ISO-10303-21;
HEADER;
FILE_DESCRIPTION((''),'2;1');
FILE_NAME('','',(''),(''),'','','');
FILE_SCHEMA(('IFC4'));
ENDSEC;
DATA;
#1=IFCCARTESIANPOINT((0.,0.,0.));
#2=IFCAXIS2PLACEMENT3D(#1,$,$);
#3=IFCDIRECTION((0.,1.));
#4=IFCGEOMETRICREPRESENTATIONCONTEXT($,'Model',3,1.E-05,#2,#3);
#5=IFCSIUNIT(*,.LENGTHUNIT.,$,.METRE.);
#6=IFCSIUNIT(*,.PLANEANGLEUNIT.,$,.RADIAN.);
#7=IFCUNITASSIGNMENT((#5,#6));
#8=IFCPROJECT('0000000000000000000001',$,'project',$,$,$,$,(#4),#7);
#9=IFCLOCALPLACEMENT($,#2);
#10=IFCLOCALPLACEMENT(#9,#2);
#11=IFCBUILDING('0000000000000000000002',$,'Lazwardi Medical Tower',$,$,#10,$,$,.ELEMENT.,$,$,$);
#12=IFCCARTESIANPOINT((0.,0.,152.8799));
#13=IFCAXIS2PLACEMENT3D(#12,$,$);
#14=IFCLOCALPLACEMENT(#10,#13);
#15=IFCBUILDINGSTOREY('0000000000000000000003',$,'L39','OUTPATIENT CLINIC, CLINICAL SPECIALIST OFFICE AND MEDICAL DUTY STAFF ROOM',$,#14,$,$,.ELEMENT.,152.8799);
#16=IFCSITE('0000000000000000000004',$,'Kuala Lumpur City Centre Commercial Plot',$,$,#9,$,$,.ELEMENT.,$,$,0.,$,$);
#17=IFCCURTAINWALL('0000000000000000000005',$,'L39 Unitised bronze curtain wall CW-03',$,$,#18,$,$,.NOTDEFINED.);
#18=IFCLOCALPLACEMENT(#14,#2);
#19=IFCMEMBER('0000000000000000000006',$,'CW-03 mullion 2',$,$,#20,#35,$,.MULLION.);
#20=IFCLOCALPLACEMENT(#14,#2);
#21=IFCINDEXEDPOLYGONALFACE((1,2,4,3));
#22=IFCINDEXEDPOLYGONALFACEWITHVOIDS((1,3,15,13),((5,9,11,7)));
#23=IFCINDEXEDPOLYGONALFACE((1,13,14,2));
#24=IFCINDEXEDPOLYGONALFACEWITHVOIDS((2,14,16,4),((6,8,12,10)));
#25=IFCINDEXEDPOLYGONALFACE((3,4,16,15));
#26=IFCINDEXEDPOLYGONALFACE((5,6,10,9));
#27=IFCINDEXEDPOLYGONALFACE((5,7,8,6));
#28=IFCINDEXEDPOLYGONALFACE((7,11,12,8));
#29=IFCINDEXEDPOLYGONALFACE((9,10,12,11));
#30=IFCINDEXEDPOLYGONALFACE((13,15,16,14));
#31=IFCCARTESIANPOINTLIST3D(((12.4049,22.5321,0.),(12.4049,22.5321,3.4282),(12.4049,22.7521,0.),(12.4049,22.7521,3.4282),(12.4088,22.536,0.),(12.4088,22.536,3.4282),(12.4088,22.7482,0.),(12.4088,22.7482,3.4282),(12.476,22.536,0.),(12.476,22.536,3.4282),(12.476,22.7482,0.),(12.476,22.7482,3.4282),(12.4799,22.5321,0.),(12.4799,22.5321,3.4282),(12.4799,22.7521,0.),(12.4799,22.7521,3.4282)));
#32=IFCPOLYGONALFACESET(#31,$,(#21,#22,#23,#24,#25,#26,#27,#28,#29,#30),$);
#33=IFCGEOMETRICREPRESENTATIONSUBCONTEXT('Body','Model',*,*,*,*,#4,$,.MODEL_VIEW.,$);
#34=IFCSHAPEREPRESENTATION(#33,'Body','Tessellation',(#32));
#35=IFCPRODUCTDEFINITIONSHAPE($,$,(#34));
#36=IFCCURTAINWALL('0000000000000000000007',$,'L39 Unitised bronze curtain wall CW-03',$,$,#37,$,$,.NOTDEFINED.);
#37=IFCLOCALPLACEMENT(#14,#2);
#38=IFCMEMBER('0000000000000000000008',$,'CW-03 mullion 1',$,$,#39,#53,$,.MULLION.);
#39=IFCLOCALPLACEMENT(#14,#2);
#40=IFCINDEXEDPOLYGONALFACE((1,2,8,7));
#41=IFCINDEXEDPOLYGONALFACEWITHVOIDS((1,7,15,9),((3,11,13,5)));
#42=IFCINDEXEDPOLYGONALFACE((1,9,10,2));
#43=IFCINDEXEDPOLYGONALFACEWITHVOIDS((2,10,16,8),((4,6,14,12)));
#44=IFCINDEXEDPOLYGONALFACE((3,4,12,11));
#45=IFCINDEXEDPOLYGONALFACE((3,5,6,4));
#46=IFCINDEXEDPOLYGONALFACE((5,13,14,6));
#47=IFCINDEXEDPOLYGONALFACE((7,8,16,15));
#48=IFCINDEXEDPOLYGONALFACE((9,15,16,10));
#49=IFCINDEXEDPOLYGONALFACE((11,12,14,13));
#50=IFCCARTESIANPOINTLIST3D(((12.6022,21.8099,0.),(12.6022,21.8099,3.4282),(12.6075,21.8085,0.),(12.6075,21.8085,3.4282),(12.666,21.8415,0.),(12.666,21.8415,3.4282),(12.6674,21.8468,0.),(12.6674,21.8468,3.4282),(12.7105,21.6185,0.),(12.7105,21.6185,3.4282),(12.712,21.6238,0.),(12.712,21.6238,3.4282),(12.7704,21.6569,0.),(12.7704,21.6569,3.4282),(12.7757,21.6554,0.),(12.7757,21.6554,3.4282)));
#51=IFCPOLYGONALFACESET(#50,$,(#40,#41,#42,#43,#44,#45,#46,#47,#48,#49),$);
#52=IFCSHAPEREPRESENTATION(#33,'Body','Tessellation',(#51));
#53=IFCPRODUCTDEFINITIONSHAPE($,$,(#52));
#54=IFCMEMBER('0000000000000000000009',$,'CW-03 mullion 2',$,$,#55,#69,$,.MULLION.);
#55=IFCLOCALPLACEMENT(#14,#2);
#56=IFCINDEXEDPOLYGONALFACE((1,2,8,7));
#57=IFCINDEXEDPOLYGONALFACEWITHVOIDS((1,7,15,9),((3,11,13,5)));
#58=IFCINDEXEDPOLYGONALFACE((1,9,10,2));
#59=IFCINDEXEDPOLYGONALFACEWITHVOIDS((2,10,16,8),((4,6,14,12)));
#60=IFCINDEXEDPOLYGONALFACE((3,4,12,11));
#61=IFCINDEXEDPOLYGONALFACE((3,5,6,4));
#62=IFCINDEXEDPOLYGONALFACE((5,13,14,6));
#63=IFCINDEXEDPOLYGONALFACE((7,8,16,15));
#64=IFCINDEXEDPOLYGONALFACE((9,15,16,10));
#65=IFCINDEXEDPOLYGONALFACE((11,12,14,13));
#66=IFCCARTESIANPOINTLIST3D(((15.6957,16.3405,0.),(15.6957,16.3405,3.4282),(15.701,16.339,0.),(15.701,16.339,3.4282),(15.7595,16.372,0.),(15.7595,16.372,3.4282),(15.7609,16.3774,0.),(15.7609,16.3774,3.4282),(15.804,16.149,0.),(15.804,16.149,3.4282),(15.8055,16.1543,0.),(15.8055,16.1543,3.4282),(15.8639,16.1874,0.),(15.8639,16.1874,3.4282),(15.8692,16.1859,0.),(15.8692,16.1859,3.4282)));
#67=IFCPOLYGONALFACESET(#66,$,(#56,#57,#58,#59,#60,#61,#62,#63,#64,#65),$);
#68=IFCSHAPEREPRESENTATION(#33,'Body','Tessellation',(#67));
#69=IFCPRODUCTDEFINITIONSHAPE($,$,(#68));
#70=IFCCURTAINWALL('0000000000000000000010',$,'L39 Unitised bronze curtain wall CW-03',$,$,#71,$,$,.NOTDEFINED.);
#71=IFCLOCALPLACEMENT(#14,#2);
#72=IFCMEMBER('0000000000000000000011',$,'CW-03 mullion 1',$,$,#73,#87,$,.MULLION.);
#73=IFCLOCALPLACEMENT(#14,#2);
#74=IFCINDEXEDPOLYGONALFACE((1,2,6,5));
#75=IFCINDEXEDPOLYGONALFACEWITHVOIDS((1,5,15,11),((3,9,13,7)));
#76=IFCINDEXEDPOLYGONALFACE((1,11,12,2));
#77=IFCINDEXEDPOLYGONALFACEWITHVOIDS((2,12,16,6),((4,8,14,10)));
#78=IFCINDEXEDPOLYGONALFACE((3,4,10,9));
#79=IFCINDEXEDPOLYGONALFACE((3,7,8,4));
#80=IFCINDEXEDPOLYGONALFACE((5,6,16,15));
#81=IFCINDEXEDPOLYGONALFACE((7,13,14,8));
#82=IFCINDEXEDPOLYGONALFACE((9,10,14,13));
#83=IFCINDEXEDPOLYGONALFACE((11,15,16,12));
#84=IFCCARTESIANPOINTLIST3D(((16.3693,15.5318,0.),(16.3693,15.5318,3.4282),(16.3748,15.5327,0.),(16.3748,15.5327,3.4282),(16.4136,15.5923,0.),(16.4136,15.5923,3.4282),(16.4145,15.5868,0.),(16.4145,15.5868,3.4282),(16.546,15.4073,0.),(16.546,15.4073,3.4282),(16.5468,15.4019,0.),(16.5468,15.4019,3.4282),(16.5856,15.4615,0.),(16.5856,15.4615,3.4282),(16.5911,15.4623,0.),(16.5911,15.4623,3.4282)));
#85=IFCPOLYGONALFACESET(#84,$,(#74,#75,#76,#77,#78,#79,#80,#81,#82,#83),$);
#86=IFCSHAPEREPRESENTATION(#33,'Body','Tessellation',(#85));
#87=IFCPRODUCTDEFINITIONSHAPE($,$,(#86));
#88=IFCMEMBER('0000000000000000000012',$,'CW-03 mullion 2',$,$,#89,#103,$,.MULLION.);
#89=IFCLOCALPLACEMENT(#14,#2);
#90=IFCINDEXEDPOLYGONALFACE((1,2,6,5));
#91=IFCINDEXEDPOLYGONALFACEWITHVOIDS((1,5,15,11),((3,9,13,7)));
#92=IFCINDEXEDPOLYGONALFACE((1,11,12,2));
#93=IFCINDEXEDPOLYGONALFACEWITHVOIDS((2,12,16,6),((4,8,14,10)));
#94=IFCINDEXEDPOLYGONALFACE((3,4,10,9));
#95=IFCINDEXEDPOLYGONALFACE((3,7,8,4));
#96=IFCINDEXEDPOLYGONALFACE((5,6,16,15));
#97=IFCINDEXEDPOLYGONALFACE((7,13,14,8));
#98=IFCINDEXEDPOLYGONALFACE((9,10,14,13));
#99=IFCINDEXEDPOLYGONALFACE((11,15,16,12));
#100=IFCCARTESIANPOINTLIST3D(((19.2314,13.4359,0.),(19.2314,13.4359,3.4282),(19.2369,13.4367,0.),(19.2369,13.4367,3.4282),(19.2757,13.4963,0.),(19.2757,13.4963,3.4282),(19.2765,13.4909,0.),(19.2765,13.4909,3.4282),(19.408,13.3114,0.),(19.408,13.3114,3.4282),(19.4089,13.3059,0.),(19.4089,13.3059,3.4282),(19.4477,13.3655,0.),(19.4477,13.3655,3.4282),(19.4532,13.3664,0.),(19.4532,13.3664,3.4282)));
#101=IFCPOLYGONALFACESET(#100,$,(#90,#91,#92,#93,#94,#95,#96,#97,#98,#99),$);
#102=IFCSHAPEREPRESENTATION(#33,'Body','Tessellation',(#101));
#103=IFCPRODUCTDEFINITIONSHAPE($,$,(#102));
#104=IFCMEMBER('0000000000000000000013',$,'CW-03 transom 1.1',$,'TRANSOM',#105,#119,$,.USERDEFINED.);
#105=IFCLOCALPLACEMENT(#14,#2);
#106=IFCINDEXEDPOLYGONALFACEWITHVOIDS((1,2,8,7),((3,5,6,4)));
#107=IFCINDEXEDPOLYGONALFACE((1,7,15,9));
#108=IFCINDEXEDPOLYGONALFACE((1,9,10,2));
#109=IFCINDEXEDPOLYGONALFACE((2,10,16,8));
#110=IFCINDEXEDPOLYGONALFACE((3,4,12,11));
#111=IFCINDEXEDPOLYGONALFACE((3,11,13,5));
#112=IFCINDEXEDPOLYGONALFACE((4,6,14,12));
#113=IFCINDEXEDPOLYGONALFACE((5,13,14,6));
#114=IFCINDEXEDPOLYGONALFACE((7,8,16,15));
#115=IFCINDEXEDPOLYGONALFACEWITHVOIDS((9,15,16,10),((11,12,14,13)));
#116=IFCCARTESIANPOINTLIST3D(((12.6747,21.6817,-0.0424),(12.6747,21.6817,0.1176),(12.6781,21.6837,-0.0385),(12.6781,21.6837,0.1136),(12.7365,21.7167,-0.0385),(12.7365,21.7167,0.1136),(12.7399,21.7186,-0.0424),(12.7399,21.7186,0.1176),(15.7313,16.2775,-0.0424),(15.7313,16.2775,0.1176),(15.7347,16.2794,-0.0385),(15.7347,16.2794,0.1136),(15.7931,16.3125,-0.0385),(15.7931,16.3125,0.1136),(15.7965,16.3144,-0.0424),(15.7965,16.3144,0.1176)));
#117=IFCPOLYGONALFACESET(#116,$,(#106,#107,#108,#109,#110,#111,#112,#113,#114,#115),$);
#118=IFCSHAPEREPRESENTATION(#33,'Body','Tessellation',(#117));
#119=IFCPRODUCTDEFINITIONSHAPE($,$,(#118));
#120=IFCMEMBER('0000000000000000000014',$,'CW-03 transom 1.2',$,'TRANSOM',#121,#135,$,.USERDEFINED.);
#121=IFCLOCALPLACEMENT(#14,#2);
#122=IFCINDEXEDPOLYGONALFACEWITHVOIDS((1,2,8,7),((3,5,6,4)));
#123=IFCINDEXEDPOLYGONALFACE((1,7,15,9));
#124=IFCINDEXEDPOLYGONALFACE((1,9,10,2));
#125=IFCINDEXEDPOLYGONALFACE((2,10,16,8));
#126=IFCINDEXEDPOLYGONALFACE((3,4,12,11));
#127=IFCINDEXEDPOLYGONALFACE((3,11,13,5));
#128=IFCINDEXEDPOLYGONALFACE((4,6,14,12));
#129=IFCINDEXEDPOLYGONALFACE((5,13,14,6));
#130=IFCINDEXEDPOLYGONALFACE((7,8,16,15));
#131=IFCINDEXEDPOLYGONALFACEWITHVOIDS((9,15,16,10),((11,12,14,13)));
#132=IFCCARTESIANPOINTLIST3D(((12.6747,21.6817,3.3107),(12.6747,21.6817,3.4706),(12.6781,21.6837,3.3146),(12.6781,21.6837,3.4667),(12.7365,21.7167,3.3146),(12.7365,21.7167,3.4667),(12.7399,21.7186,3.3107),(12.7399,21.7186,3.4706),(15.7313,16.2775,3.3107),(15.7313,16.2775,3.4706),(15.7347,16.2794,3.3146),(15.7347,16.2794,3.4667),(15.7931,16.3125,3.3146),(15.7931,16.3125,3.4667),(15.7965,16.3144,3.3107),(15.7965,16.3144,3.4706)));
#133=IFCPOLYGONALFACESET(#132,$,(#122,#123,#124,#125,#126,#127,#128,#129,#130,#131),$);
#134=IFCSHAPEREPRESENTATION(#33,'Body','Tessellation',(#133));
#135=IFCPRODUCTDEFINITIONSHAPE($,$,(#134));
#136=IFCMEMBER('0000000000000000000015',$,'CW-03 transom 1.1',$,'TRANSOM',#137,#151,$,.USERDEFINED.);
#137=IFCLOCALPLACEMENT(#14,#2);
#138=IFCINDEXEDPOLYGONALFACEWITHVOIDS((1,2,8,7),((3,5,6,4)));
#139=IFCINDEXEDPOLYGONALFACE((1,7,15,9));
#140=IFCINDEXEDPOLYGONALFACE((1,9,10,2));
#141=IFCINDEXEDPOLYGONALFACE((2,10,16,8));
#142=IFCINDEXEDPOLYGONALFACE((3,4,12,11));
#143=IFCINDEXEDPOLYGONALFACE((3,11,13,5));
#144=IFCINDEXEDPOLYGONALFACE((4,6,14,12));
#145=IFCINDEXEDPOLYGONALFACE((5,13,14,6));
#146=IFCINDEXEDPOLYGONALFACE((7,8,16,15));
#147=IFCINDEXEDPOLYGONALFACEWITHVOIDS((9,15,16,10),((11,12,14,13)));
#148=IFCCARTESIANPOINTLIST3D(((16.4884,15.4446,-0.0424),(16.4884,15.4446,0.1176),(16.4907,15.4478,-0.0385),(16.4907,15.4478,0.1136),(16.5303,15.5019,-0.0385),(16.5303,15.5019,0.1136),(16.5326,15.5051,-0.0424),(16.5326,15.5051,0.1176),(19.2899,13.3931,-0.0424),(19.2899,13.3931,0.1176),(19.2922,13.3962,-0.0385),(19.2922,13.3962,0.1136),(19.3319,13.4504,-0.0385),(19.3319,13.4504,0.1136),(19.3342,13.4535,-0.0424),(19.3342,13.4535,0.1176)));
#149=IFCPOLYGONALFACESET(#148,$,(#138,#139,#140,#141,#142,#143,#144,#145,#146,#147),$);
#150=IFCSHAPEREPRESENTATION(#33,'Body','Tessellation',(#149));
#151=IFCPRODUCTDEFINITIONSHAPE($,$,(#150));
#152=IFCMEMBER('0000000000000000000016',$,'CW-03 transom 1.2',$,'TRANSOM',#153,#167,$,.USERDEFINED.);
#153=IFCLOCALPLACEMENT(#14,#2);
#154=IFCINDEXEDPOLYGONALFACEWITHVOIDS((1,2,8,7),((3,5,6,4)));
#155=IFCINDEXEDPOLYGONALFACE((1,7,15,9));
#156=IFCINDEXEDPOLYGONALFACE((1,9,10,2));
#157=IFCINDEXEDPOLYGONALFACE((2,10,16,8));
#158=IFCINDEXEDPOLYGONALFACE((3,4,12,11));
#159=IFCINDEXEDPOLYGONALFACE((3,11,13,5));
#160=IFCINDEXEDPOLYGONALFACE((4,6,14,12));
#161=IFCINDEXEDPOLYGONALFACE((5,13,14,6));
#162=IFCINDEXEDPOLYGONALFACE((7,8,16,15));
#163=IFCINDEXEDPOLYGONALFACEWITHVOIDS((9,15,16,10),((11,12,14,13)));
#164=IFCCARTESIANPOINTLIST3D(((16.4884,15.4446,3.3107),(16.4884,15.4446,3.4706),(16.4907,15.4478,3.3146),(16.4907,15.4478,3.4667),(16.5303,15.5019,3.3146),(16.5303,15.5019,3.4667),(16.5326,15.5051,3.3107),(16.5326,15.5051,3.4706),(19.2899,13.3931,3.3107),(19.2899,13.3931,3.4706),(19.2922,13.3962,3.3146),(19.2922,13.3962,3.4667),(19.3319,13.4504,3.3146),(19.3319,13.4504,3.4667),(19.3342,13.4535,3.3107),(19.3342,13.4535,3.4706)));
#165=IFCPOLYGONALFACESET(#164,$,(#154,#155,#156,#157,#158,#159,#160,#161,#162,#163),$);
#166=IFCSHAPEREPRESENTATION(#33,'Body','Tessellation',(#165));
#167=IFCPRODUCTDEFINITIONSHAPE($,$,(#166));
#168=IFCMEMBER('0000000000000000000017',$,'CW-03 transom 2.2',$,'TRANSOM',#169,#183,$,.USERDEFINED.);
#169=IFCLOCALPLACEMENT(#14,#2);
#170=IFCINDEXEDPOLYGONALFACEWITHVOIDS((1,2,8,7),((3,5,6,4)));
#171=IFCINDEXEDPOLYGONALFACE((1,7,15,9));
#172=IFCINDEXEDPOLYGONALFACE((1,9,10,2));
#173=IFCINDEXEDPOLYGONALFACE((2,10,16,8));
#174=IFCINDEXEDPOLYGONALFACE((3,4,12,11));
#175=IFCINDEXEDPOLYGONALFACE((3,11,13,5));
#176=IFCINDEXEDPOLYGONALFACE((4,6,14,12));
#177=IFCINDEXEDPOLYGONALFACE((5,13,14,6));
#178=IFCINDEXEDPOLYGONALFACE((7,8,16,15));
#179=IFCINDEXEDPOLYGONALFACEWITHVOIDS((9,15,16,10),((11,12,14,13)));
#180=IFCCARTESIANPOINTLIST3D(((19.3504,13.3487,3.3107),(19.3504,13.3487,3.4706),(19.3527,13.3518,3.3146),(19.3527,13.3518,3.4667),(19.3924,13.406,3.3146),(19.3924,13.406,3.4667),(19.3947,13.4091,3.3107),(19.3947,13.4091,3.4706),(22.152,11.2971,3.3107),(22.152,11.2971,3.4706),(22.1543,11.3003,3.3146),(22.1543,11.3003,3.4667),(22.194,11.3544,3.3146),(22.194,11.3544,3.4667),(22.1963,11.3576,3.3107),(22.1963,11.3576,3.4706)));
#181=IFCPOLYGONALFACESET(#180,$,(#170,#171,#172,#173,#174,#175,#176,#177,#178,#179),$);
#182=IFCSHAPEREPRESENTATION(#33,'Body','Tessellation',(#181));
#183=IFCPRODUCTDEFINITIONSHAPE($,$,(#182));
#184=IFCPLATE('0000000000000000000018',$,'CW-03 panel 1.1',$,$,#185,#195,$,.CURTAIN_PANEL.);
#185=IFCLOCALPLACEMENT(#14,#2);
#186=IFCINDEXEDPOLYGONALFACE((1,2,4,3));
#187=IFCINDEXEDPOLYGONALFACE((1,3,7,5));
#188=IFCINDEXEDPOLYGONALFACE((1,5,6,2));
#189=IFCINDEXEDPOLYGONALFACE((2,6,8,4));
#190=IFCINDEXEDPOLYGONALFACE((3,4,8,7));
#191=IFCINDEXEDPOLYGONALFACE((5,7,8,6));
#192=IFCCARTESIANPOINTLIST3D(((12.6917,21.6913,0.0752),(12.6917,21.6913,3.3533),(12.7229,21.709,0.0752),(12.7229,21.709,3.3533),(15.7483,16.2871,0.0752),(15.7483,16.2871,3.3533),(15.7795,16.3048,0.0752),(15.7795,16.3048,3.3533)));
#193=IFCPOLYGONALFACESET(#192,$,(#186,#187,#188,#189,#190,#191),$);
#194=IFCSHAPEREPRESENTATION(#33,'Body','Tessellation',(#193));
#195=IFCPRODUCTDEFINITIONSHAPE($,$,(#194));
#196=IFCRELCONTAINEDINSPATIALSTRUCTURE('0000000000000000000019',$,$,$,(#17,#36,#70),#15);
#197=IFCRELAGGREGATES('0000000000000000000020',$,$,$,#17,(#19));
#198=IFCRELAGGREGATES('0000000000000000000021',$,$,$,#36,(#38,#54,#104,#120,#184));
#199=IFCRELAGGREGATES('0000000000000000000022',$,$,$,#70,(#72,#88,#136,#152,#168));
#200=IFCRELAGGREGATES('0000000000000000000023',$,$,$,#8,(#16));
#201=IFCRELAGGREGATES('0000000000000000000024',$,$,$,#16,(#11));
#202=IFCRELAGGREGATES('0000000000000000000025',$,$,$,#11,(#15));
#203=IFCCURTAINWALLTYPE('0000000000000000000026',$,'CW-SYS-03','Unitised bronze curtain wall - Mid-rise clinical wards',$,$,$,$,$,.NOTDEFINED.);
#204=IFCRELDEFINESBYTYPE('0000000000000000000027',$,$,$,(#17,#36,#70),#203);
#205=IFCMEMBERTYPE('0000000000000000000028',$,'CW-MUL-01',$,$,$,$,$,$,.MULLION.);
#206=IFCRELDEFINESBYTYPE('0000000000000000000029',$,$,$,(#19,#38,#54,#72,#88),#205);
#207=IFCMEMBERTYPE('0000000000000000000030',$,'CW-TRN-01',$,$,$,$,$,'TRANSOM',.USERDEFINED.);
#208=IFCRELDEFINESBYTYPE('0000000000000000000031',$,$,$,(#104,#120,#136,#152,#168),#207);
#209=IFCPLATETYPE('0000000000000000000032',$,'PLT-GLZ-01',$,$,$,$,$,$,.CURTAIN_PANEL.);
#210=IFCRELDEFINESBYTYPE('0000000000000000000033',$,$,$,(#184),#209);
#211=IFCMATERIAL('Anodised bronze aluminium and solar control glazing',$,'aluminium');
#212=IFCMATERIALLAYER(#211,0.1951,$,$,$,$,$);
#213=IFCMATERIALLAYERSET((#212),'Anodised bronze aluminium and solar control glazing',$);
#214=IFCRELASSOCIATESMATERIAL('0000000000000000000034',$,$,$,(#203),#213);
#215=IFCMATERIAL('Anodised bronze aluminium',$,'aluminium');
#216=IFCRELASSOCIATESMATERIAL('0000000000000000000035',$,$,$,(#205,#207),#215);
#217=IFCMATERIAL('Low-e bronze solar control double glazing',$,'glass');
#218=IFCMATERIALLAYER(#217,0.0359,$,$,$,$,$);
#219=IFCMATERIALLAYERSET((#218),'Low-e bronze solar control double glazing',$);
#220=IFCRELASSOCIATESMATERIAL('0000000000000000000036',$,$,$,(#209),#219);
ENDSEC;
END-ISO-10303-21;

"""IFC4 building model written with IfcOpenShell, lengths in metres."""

from ifc_helpers import new_model, si_unit, direction, frame, origin, origin_2d, place, context, subcontext, project, spatial, rectangle, hollow_rectangle, extrude, material, layer, layer_set, material_profile, profile_set, type_object, element, aggregate, save


model = new_model("IFC4")

# Units and contexts
model_context = context("Model", 3, precision=1e-05, world=origin(), true_north=direction((0.0, 1.0)))
body_context = subcontext(model_context, "Body", "Model", "MODEL_VIEW")
ifc_project = project(units=[si_unit("LENGTHUNIT", "METRE"), si_unit("PLANEANGLEUNIT", "RADIAN")], contexts=[model_context])

# Site, building, storey
site_placement = place(None, origin())
site = spatial("IfcSite", under=ifc_project, at=site_placement, Name="Kuala Lumpur City Centre Commercial Plot", CompositionType="ELEMENT", RefElevation=0.0)
building_placement = place(site_placement, origin())
building = spatial("IfcBuilding", under=site, at=building_placement, Name="Lazwardi Medical Tower", CompositionType="ELEMENT")
storey_placement = place(building_placement, frame((0.0, 0.0, 152.8799)))
storey = spatial("IfcBuildingStorey", under=building, at=storey_placement, Name="L39", Description="OUTPATIENT CLINIC, CLINICAL SPECIALIST OFFICE AND MEDICAL DUTY STAFF ROOM", CompositionType="ELEMENT", Elevation=152.8799)

# Curtain wall, member
ifc_material_1 = material(Name="Anodised bronze aluminium and solar control glazing", Category="aluminium")
ifc_layer_1 = layer(ifc_material_1, 0.1951)
ifc_layer_set_1 = layer_set([ifc_layer_1], Name="Anodised bronze aluminium and solar control glazing")
curtain_wall_type = type_object("IfcCurtainWallType", Name="CW-SYS-03", Description="Unitised bronze curtain wall - Mid-rise clinical wards", PredefinedType="NOTDEFINED", material=ifc_layer_set_1)
curtain_wall_1_placement = place(storey_placement, origin())
curtain_wall_1 = element("IfcCurtainWall", 1, at=curtain_wall_1_placement, inside=storey, type_object=curtain_wall_type, Name="L39 Unitised bronze curtain wall CW-03", PredefinedType="NOTDEFINED")
ifc_material_2 = material(Name="Anodised bronze aluminium", Category="aluminium")
ifc_material_profile_1 = material_profile(ifc_material_2, hollow_rectangle(XDim=0.075, YDim=0.22, WallThickness=0.0039, at=origin_2d()), Name="ALU-MULLION 220x75x4")
ifc_profile_set_1 = profile_set([ifc_material_profile_1], Name="Anodised bronze aluminium")
member_type_1 = type_object("IfcMemberType", Name="CW-MUL-01", PredefinedType="MULLION", material=ifc_profile_set_1)
member_1_placement = place(storey_placement, frame((12.4424, 22.6421, 0.0), z_axis=(0.0, 0.0, 1.0), x_axis=(1.0, 0.0, 0.0)))
member_1 = element("IfcMember", 2, at=member_1_placement, type_object=member_type_1, Name="CW-03 mullion 2", PredefinedType="MULLION", context=body_context, shape_type="SweptSolid", body=[
    extrude(hollow_rectangle(XDim=0.075, YDim=0.22, WallThickness=0.0039, at=origin_2d()), origin(), (0.0, 0.0, 1.0), 3.4282),
])
aggregate(curtain_wall_1, [member_1])

# Curtain walls, members
curtain_wall_2_placement = place(storey_placement, origin())
curtain_wall_2 = element("IfcCurtainWall", 3, at=curtain_wall_2_placement, inside=storey, type_object=curtain_wall_type, Name="L39 Unitised bronze curtain wall CW-03", PredefinedType="NOTDEFINED")
member_2_placement = place(storey_placement, frame((12.689, 21.7327, 0.0), z_axis=(0.0, 0.0, 1.0), x_axis=(0.870419, 0.492312, 0.0)))
member_2 = element("IfcMember", 4, at=member_2_placement, type_object=member_type_1, Name="CW-03 mullion 1", PredefinedType="MULLION", context=body_context, shape_type="SweptSolid", body=[
    extrude(hollow_rectangle(XDim=0.075, YDim=0.22, WallThickness=0.0039, at=origin_2d()), origin(), (0.0, 0.0, 1.0), 3.4282),
])
member_3_placement = place(storey_placement, frame((15.7825, 16.2632, 0.0), z_axis=(0.0, 0.0, 1.0), x_axis=(0.870419, 0.492312, 0.0)))
member_3 = element("IfcMember", 5, at=member_3_placement, type_object=member_type_1, Name="CW-03 mullion 2", PredefinedType="MULLION", context=body_context, shape_type="SweptSolid", body=[
    extrude(hollow_rectangle(XDim=0.075, YDim=0.22, WallThickness=0.0039, at=origin_2d()), origin(), (0.0, 0.0, 1.0), 3.4282),
])
curtain_wall_3_placement = place(storey_placement, origin())
curtain_wall_3 = element("IfcCurtainWall", 6, at=curtain_wall_3_placement, inside=storey, type_object=curtain_wall_type, Name="L39 Unitised bronze curtain wall CW-03", PredefinedType="NOTDEFINED")
member_4_placement = place(storey_placement, frame((16.4802, 15.4971, 0.0), z_axis=(0.0, 0.0, 1.0), x_axis=(0.590834, 0.806793, 0.0)))
member_4 = element("IfcMember", 7, at=member_4_placement, type_object=member_type_1, Name="CW-03 mullion 1", PredefinedType="MULLION", context=body_context, shape_type="SweptSolid", body=[
    extrude(hollow_rectangle(XDim=0.075, YDim=0.22, WallThickness=0.0039, at=origin_2d()), origin(), (0.0, 0.0, 1.0), 3.4282),
])
member_5_placement = place(storey_placement, frame((19.3423, 13.4011, 0.0), z_axis=(0.0, 0.0, 1.0), x_axis=(0.590834, 0.806793, 0.0)))
member_5 = element("IfcMember", 8, at=member_5_placement, type_object=member_type_1, Name="CW-03 mullion 2", PredefinedType="MULLION", context=body_context, shape_type="SweptSolid", body=[
    extrude(hollow_rectangle(XDim=0.075, YDim=0.22, WallThickness=0.0039, at=origin_2d()), origin(), (0.0, 0.0, 1.0), 3.4282),
])

# Members
ifc_material_profile_2 = material_profile(ifc_material_2, hollow_rectangle(XDim=0.075, YDim=0.1599, WallThickness=0.0039, at=origin_2d()), Name="ALU-TRANSOM 160x75x4")
ifc_profile_set_2 = profile_set([ifc_material_profile_2], Name="Anodised bronze aluminium")
member_type_2 = type_object("IfcMemberType", Name="CW-TRN-01", ElementType="TRANSOM", PredefinedType="USERDEFINED", material=ifc_profile_set_2)
member_6_placement = place(storey_placement, frame((12.7073, 21.7002, 0.0376), z_axis=(0.492306, -0.870422, 0.0), x_axis=(0.870422, 0.492306, 0.0)))
member_6 = element("IfcMember", 9, at=member_6_placement, type_object=member_type_2, Name="CW-03 transom 1.1", ObjectType="TRANSOM", PredefinedType="USERDEFINED", context=body_context, shape_type="SweptSolid", body=[
    extrude(hollow_rectangle(XDim=0.075, YDim=0.1599, WallThickness=0.0039, at=origin_2d()), origin(), (0.0, 0.0, 1.0), 6.2087),
])
member_7_placement = place(storey_placement, frame((12.7073, 21.7002, 3.3906), z_axis=(0.492306, -0.870422, 0.0), x_axis=(0.870422, 0.492306, 0.0)))
member_7 = element("IfcMember", 10, at=member_7_placement, type_object=member_type_2, Name="CW-03 transom 1.2", ObjectType="TRANSOM", PredefinedType="USERDEFINED", context=body_context, shape_type="SweptSolid", body=[
    extrude(hollow_rectangle(XDim=0.075, YDim=0.1599, WallThickness=0.0039, at=origin_2d()), origin(), (0.0, 0.0, 1.0), 6.2087),
])
member_8_placement = place(storey_placement, frame((16.5105, 15.4749, 0.0376), z_axis=(0.806807, -0.590815, 0.0), x_axis=(0.590815, 0.806807, 0.0)))
member_8 = element("IfcMember", 11, at=member_8_placement, type_object=member_type_2, Name="CW-03 transom 1.1", ObjectType="TRANSOM", PredefinedType="USERDEFINED", context=body_context, shape_type="SweptSolid", body=[
    extrude(hollow_rectangle(XDim=0.075, YDim=0.1599, WallThickness=0.0039, at=origin_2d()), origin(), (0.0, 0.0, 1.0), 3.4724),
])
member_9_placement = place(storey_placement, frame((16.5105, 15.4749, 3.3906), z_axis=(0.806807, -0.590815, 0.0), x_axis=(0.590815, 0.806807, 0.0)))
member_9 = element("IfcMember", 12, at=member_9_placement, type_object=member_type_2, Name="CW-03 transom 1.2", ObjectType="TRANSOM", PredefinedType="USERDEFINED", context=body_context, shape_type="SweptSolid", body=[
    extrude(hollow_rectangle(XDim=0.075, YDim=0.1599, WallThickness=0.0039, at=origin_2d()), origin(), (0.0, 0.0, 1.0), 3.4724),
])
member_10_placement = place(storey_placement, frame((19.3726, 13.3789, 3.3906), z_axis=(0.806807, -0.590815, 0.0), x_axis=(0.590815, 0.806807, 0.0)))
member_10 = element("IfcMember", 13, at=member_10_placement, type_object=member_type_2, Name="CW-03 transom 2.2", ObjectType="TRANSOM", PredefinedType="USERDEFINED", context=body_context, shape_type="SweptSolid", body=[
    extrude(hollow_rectangle(XDim=0.075, YDim=0.1599, WallThickness=0.0039, at=origin_2d()), origin(), (0.0, 0.0, 1.0), 3.4724),
])

# Plate
ifc_material_3 = material(Name="Low-e bronze solar control double glazing", Category="glass")
ifc_layer_2 = layer(ifc_material_3, 0.0359)
ifc_layer_set_2 = layer_set([ifc_layer_2], Name="Low-e bronze solar control double glazing")
plate_type = type_object("IfcPlateType", Name="PLT-GLZ-01", PredefinedType="CURTAIN_PANEL", material=ifc_layer_set_2)
plate_1_placement = place(storey_placement, frame((14.2356, 18.998, 0.0752), z_axis=(0.0, 0.0, 1.0), x_axis=(0.492312, -0.870419, 0.0)))
plate_1 = element("IfcPlate", 14, at=plate_1_placement, type_object=plate_type, Name="CW-03 panel 1.1", PredefinedType="CURTAIN_PANEL", context=body_context, shape_type="SweptSolid", body=[
    extrude(rectangle(XDim=6.2087, YDim=0.0359, at=origin_2d()), origin(), (0.0, 0.0, 1.0), 3.2781),
])
aggregate(curtain_wall_2, [member_2, member_3, member_6, member_7, plate_1])
aggregate(curtain_wall_3, [member_4, member_5, member_8, member_9, member_10])

save(model, "model.ifc")
